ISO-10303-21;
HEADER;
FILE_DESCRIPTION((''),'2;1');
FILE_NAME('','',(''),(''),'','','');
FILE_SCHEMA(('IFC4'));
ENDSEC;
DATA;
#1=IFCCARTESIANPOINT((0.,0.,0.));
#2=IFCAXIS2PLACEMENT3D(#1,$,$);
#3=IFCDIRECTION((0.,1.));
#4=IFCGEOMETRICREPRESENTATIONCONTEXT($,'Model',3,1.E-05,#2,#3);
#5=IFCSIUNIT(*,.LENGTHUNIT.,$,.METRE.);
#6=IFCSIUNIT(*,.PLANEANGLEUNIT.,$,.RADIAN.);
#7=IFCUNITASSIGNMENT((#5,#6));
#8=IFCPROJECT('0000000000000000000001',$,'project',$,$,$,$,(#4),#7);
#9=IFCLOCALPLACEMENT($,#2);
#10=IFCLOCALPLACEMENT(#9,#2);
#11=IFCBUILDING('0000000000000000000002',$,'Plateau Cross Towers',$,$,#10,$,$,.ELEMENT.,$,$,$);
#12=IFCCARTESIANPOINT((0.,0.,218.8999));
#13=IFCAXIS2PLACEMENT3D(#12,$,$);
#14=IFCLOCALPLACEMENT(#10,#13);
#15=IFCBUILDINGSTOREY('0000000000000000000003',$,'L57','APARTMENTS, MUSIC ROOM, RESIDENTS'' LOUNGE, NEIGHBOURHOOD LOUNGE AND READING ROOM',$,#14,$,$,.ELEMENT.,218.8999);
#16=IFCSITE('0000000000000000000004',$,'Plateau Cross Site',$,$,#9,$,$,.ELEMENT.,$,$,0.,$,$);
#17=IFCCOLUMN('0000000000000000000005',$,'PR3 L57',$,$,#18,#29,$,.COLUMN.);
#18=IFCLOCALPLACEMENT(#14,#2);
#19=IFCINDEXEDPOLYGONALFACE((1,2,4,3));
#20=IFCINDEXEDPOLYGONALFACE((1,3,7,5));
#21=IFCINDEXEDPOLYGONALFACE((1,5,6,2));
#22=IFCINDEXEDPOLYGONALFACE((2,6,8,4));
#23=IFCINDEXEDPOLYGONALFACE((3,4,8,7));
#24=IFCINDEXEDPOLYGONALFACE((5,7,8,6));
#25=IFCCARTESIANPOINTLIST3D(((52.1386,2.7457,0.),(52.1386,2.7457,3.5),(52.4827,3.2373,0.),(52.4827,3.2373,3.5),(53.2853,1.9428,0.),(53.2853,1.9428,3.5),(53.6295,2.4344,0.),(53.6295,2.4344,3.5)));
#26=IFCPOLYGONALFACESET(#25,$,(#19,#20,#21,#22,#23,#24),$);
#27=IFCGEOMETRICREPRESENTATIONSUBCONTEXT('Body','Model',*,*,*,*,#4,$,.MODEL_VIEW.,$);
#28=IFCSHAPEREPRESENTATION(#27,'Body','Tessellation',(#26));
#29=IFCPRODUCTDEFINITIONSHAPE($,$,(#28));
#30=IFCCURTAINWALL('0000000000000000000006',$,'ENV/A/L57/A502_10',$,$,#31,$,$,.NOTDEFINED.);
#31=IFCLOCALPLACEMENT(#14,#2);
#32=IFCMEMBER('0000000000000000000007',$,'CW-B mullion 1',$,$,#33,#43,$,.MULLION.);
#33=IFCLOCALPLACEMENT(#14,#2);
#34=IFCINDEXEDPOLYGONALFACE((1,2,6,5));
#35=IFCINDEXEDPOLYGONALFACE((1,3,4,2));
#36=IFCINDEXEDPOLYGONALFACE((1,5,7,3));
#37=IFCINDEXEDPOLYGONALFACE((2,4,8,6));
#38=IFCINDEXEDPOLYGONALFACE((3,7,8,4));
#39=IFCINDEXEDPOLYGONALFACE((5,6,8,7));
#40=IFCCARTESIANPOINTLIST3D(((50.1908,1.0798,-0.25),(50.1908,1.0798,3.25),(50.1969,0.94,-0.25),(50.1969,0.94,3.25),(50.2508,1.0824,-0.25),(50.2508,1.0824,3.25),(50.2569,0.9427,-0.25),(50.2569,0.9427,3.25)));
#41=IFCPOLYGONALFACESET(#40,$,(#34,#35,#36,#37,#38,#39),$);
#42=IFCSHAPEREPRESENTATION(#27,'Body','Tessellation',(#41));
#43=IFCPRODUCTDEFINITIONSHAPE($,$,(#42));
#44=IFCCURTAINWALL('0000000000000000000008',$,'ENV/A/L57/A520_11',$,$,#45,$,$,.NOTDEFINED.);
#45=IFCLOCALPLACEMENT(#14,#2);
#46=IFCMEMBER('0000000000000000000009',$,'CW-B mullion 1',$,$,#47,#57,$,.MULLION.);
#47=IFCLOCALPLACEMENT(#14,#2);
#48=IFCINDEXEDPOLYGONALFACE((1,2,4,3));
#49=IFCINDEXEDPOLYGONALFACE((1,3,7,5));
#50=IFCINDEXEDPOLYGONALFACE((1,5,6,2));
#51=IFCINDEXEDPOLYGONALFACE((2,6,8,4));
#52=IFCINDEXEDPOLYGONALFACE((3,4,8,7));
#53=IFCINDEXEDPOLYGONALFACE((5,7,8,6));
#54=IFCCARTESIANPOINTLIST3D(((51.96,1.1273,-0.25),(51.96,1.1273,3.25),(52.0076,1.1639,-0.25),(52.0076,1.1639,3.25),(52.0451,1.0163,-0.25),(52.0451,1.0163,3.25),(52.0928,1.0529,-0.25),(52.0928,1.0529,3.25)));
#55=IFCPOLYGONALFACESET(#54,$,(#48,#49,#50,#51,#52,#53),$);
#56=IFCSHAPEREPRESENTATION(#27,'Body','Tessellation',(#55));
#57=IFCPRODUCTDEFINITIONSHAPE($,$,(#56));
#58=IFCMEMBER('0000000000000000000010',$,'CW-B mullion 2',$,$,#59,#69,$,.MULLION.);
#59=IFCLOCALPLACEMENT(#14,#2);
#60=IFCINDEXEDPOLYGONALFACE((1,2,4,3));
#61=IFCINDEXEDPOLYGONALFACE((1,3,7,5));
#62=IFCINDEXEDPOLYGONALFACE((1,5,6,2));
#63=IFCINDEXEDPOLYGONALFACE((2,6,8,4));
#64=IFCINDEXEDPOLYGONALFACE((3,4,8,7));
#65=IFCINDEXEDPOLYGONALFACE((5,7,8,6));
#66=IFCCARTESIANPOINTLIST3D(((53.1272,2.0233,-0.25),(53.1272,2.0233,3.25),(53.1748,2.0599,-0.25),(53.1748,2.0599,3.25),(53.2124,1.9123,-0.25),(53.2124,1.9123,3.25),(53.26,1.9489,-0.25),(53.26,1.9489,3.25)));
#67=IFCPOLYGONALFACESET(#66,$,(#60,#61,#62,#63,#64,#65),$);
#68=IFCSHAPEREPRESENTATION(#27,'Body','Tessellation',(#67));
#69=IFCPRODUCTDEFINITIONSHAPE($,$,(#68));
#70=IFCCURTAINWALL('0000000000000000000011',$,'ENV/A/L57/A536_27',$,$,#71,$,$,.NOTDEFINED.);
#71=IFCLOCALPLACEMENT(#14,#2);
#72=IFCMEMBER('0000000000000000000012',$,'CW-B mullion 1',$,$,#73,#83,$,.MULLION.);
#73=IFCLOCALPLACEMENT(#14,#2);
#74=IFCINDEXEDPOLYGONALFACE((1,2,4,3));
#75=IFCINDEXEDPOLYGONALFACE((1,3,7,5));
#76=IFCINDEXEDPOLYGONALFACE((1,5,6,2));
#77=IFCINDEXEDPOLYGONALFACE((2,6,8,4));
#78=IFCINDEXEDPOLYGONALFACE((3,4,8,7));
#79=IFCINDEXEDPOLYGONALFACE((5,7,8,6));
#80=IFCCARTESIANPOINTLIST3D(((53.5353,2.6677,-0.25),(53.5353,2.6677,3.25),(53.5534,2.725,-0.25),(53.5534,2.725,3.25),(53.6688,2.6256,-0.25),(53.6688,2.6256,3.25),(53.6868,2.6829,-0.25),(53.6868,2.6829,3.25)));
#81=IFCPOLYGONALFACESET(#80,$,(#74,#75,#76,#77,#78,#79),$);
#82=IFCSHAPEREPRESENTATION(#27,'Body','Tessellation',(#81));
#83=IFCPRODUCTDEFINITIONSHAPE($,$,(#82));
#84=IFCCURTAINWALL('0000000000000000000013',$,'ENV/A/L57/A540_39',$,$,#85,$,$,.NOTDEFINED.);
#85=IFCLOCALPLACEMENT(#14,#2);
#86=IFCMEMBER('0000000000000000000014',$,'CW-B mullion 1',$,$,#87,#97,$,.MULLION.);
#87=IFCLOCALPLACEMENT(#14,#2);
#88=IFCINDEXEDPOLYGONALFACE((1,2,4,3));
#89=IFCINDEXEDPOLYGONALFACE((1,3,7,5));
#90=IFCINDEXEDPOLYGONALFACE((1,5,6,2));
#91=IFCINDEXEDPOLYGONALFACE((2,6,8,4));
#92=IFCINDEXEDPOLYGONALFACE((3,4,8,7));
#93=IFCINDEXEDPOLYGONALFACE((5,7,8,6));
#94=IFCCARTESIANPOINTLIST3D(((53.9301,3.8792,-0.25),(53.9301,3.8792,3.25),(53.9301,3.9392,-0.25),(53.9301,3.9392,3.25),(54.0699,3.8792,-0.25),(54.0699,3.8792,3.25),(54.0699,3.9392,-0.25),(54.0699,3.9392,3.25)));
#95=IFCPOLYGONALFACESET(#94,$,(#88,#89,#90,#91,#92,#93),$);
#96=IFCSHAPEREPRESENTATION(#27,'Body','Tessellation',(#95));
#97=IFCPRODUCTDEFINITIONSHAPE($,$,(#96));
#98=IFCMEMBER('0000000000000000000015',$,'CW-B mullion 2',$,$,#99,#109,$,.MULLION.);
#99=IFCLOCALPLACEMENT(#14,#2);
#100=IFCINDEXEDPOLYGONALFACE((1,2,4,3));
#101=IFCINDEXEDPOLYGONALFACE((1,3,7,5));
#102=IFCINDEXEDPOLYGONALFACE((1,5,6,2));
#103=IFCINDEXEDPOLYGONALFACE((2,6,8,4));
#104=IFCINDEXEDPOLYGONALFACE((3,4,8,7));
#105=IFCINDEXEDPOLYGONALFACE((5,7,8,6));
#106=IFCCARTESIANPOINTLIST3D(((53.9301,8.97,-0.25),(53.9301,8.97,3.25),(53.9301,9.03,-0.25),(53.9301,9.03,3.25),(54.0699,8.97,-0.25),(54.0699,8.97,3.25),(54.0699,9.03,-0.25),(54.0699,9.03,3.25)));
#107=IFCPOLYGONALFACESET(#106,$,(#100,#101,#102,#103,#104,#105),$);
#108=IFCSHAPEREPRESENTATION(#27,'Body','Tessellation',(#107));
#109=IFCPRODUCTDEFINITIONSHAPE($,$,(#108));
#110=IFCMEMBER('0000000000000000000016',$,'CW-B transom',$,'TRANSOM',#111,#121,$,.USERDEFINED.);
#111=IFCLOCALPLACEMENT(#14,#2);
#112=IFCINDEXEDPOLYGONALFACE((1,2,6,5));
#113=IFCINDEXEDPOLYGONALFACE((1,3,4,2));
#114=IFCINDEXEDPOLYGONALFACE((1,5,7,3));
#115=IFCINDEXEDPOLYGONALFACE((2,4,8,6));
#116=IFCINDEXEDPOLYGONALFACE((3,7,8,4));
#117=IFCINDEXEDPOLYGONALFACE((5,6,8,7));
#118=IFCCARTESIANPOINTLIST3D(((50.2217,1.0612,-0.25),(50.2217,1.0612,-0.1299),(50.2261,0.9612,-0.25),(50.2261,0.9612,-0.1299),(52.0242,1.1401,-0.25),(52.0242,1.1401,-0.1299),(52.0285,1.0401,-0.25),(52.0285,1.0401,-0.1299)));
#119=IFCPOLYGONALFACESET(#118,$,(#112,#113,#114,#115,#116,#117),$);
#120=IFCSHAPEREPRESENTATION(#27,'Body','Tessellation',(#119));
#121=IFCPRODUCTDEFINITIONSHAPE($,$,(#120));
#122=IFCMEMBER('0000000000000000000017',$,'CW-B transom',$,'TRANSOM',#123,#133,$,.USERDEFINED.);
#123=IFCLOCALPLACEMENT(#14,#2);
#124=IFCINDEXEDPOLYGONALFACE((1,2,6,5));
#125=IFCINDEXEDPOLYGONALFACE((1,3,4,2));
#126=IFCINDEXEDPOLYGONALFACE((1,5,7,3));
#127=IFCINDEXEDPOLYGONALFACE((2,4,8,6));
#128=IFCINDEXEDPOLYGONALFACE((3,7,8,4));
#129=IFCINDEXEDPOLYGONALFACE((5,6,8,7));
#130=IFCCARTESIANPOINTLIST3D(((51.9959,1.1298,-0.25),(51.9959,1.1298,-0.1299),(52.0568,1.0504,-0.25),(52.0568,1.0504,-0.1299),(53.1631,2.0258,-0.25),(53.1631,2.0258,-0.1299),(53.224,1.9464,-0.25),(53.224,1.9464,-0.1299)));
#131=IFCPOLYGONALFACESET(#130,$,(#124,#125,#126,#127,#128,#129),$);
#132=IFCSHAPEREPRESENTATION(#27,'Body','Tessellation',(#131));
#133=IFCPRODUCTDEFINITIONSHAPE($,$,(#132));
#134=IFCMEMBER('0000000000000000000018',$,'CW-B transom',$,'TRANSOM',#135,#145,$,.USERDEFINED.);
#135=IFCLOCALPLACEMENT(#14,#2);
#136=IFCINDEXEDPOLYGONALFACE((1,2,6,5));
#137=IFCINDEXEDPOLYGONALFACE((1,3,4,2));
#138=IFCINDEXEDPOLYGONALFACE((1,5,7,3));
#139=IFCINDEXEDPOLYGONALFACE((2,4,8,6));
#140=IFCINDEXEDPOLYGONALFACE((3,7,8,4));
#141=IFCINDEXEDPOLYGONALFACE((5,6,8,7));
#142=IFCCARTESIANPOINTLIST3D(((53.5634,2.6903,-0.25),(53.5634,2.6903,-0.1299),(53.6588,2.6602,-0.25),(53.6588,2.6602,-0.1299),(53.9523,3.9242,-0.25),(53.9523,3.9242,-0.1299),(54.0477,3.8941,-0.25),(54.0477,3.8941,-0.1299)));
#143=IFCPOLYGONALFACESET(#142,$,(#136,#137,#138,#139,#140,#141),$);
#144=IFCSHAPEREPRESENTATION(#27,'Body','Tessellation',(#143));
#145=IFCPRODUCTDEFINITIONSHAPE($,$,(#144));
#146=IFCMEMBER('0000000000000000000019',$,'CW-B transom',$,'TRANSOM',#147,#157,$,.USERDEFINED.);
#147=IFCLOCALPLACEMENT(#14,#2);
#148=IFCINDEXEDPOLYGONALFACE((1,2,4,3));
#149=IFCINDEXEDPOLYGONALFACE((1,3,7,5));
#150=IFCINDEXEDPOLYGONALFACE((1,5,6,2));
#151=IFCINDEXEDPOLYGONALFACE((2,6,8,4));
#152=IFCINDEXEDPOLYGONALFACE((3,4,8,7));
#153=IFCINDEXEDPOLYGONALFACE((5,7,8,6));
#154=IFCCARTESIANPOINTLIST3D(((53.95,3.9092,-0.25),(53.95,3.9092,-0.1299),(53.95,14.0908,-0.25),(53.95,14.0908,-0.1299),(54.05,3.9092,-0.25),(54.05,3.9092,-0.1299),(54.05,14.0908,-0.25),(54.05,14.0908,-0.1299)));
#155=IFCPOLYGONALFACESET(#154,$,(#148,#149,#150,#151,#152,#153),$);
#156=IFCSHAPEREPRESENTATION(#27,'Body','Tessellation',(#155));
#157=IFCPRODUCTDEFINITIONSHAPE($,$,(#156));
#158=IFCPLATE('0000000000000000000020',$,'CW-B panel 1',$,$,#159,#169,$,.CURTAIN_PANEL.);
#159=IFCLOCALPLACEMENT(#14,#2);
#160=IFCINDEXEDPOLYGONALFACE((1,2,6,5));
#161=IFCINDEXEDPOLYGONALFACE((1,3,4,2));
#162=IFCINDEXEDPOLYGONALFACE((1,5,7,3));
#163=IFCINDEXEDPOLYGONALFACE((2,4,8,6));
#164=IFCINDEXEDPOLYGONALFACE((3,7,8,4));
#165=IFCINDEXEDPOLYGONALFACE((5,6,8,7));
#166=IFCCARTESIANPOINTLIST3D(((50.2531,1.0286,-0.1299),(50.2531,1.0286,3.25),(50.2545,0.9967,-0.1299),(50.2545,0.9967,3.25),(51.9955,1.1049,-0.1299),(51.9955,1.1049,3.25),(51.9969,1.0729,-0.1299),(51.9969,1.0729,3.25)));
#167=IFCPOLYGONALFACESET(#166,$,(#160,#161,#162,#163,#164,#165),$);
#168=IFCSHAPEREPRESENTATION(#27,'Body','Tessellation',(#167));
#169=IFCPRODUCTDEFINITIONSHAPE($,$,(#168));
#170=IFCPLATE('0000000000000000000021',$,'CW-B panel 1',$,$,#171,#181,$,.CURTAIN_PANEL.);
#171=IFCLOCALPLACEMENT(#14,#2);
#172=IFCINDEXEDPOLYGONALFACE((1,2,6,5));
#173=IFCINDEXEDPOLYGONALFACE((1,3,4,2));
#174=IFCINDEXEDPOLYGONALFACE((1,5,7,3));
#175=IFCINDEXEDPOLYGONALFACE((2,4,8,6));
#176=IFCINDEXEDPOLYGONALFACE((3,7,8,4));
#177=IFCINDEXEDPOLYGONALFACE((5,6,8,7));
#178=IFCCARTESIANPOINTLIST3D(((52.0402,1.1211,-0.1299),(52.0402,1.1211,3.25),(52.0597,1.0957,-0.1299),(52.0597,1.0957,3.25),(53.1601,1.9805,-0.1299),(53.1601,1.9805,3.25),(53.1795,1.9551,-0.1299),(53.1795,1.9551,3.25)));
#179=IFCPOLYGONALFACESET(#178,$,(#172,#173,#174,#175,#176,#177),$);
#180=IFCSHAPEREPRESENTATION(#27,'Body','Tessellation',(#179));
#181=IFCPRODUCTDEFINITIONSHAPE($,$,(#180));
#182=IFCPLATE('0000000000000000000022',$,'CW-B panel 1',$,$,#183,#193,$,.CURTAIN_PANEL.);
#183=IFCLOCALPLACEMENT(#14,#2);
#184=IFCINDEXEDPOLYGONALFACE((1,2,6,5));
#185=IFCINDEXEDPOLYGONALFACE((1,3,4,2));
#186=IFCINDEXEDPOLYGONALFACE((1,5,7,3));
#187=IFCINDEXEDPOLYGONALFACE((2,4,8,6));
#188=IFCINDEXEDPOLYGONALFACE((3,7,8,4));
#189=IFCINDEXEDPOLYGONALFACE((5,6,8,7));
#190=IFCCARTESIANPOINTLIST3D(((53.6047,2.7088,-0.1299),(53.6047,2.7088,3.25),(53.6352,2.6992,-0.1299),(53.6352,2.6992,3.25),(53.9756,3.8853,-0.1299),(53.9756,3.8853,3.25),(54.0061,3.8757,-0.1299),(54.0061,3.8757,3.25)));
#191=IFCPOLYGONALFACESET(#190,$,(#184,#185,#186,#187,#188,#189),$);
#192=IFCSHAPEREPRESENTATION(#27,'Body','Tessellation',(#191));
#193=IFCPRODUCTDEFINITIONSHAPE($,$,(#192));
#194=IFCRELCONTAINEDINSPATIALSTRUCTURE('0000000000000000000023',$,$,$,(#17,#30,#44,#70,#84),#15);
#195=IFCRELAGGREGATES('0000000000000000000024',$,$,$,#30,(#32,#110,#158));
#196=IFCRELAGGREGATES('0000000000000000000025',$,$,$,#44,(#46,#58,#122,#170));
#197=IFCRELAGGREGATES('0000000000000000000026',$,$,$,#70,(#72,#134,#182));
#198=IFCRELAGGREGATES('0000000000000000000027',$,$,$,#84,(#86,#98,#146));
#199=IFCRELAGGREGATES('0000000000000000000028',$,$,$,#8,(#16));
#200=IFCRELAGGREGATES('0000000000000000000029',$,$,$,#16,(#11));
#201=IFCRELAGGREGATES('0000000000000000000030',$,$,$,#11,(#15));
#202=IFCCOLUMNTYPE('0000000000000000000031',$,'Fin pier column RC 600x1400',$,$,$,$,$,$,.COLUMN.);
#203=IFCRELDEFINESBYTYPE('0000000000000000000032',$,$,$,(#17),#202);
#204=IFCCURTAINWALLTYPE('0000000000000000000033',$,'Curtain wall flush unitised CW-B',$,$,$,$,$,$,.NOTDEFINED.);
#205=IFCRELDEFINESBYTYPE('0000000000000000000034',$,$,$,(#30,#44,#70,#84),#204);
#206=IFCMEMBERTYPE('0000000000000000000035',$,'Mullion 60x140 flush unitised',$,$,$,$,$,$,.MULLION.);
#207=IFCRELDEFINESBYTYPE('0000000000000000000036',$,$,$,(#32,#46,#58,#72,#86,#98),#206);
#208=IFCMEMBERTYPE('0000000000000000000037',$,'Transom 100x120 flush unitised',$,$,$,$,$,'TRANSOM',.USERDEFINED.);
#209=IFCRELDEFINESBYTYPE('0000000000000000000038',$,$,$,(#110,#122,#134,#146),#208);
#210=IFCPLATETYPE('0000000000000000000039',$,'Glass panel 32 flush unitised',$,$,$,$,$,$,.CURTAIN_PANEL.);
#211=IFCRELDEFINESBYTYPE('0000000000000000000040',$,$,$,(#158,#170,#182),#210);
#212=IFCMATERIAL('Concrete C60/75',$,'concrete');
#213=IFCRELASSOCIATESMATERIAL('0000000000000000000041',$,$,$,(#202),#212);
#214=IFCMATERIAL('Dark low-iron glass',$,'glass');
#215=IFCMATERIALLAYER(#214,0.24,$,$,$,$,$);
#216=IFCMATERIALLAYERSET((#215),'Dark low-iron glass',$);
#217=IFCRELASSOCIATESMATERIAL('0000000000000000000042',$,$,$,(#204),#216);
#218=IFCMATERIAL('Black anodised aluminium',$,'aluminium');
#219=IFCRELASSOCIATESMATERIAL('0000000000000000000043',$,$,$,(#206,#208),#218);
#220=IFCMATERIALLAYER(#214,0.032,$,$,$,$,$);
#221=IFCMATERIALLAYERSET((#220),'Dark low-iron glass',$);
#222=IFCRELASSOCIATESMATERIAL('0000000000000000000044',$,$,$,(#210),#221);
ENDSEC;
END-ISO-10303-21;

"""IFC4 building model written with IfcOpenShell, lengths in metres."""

from ifc_helpers import new_model, si_unit, direction, frame, origin, origin_2d, place, context, subcontext, project, spatial, rectangle, extrude, material, layer, layer_set, material_profile, profile_set, type_object, element, aggregate, save


model = new_model("IFC4")

# Units and contexts
model_context = context("Model", 3, precision=1e-05, world=origin(), true_north=direction((0.0, 1.0)))
body_context = subcontext(model_context, "Body", "Model", "MODEL_VIEW")
ifc_project = project(units=[si_unit("LENGTHUNIT", "METRE"), si_unit("PLANEANGLEUNIT", "RADIAN")], contexts=[model_context])

# Site, building, storey
site_placement = place(None, origin())
site = spatial("IfcSite", under=ifc_project, at=site_placement, Name="Plateau Cross Site", CompositionType="ELEMENT", RefElevation=0.0)
building_placement = place(site_placement, origin())
building = spatial("IfcBuilding", under=site, at=building_placement, Name="Plateau Cross Towers", CompositionType="ELEMENT")
storey_placement = place(building_placement, frame((0.0, 0.0, 218.8999)))
storey = spatial("IfcBuildingStorey", under=building, at=storey_placement, Name="L57", Description="APARTMENTS, MUSIC ROOM, RESIDENTS' LOUNGE, NEIGHBOURHOOD LOUNGE AND READING ROOM", CompositionType="ELEMENT", Elevation=218.8999)

# Column
ifc_material_1 = material(Name="Concrete C60/75", Category="concrete")
ifc_material_profile_1 = material_profile(ifc_material_1, rectangle(XDim=0.6001, YDim=1.3999, at=origin_2d()), Name="RC 600x1400")
ifc_profile_set_1 = profile_set([ifc_material_profile_1], Name="Concrete C60/75")
column_type = type_object("IfcColumnType", Name="Fin pier column RC 600x1400", PredefinedType="COLUMN", material=ifc_profile_set_1)
column_placement = place(storey_placement, frame((52.884, 2.5901, 0.0), z_axis=(0.0, 0.0, 1.0), x_axis=(0.573543, 0.819176, 0.0)))
element("IfcColumn", 1, at=column_placement, inside=storey, type_object=column_type, Name="PR3 L57", PredefinedType="COLUMN", context=body_context, shape_type="SweptSolid", body=[
    extrude(rectangle(XDim=0.6001, YDim=1.3999, at=origin_2d()), origin(), (0.0, 0.0, 1.0), 3.5),
])

# Curtain wall, member
ifc_material_2 = material(Name="Dark low-iron glass", Category="glass")
ifc_layer_1 = layer(ifc_material_2, 0.24)
ifc_layer_set_1 = layer_set([ifc_layer_1], Name="Dark low-iron glass")
curtain_wall_type_1 = type_object("IfcCurtainWallType", Name="Curtain wall flush unitised CW-B", PredefinedType="NOTDEFINED", material=ifc_layer_set_1)
curtain_wall_1_placement = place(storey_placement, origin())
curtain_wall_1 = element("IfcCurtainWall", 2, at=curtain_wall_1_placement, inside=storey, type_object=curtain_wall_type_1, Name="ENV/A/L57/A502_10", PredefinedType="NOTDEFINED")
ifc_material_3 = material(Name="Black anodised aluminium", Category="aluminium")
ifc_material_profile_2 = material_profile(ifc_material_3, rectangle(XDim=0.0601, YDim=0.1399, at=origin_2d()), Name="MULLION 60x140")
ifc_profile_set_2 = profile_set([ifc_material_profile_2], Name="Black anodised aluminium")
member_type_1 = type_object("IfcMemberType", Name="Mullion 60x140 flush unitised", PredefinedType="MULLION", material=ifc_profile_set_2)
member_1_placement = place(storey_placement, frame((50.2239, 1.0112, -0.25), z_axis=(0.0, 0.0, 1.0), x_axis=(0.999044, 0.043723, 0.0)))
member_1 = element("IfcMember", 3, at=member_1_placement, type_object=member_type_1, Name="CW-B mullion 1", PredefinedType="MULLION", context=body_context, shape_type="SweptSolid", body=[
    extrude(rectangle(XDim=0.0601, YDim=0.1399, at=origin_2d()), origin(), (0.0, 0.0, 1.0), 3.5),
])

# Curtain wall, members
curtain_wall_2_placement = place(storey_placement, origin())
curtain_wall_2 = element("IfcCurtainWall", 4, at=curtain_wall_2_placement, inside=storey, type_object=curtain_wall_type_1, Name="ENV/A/L57/A520_11", PredefinedType="NOTDEFINED")
member_2_placement = place(storey_placement, frame((52.0264, 1.0901, -0.25), z_axis=(0.0, 0.0, 1.0), x_axis=(0.793316, 0.608811, 0.0)))
member_2 = element("IfcMember", 5, at=member_2_placement, type_object=member_type_1, Name="CW-B mullion 1", PredefinedType="MULLION", context=body_context, shape_type="SweptSolid", body=[
    extrude(rectangle(XDim=0.0601, YDim=0.1399, at=origin_2d()), origin(), (0.0, 0.0, 1.0), 3.5),
])
member_3_placement = place(storey_placement, frame((53.1936, 1.9861, -0.25), z_axis=(0.0, 0.0, 1.0), x_axis=(0.793316, 0.608811, 0.0)))
member_3 = element("IfcMember", 6, at=member_3_placement, type_object=member_type_1, Name="CW-B mullion 2", PredefinedType="MULLION", context=body_context, shape_type="SweptSolid", body=[
    extrude(rectangle(XDim=0.0601, YDim=0.1399, at=origin_2d()), origin(), (0.0, 0.0, 1.0), 3.5),
])

# Curtain wall, member
curtain_wall_3_placement = place(storey_placement, origin())
curtain_wall_3 = element("IfcCurtainWall", 7, at=curtain_wall_3_placement, inside=storey, type_object=curtain_wall_type_1, Name="ENV/A/L57/A536_27", PredefinedType="NOTDEFINED")
member_4_placement = place(storey_placement, frame((53.6111, 2.6753, -0.25), z_axis=(0.0, 0.0, 1.0), x_axis=(0.300686, 0.953723, 0.0)))
member_4 = element("IfcMember", 8, at=member_4_placement, type_object=member_type_1, Name="CW-B mullion 1", PredefinedType="MULLION", context=body_context, shape_type="SweptSolid", body=[
    extrude(rectangle(XDim=0.0601, YDim=0.1399, at=origin_2d()), origin(), (0.0, 0.0, 1.0), 3.5),
])

# Curtain wall, members
curtain_wall_4_placement = place(storey_placement, origin())
curtain_wall_4 = element("IfcCurtainWall", 9, at=curtain_wall_4_placement, inside=storey, type_object=curtain_wall_type_1, Name="ENV/A/L57/A540_39", PredefinedType="NOTDEFINED")
member_5_placement = place(storey_placement, frame((54.0, 3.9092, -0.25), z_axis=(0.0, 0.0, 1.0), x_axis=(0.0, 1.0, 0.0)))
member_5 = element("IfcMember", 10, at=member_5_placement, type_object=member_type_1, Name="CW-B mullion 1", PredefinedType="MULLION", context=body_context, shape_type="SweptSolid", body=[
    extrude(rectangle(XDim=0.0601, YDim=0.1399, at=origin_2d()), origin(), (0.0, 0.0, 1.0), 3.5),
])
member_6_placement = place(storey_placement, frame((54.0, 9.0, -0.25), z_axis=(0.0, 0.0, 1.0), x_axis=(0.0, 1.0, 0.0)))
member_6 = element("IfcMember", 11, at=member_6_placement, type_object=member_type_1, Name="CW-B mullion 2", PredefinedType="MULLION", context=body_context, shape_type="SweptSolid", body=[
    extrude(rectangle(XDim=0.0601, YDim=0.1399, at=origin_2d()), origin(), (0.0, 0.0, 1.0), 3.5),
])

# Members
ifc_material_profile_3 = material_profile(ifc_material_3, rectangle(XDim=0.1001, YDim=0.1201, at=origin_2d()), Name="TRANSOM 100x120")
ifc_profile_set_3 = profile_set([ifc_material_profile_3], Name="Black anodised aluminium")
member_type_2 = type_object("IfcMemberType", Name="Transom 100x120 flush unitised", ElementType="TRANSOM", PredefinedType="USERDEFINED", material=ifc_profile_set_3)
member_7_placement = place(storey_placement, frame((50.2239, 1.0112, -0.1899), z_axis=(0.999044, 0.043707, 0.0), x_axis=(-0.043707, 0.999044, 0.0)))
member_7 = element("IfcMember", 12, at=member_7_placement, type_object=member_type_2, Name="CW-B transom", ObjectType="TRANSOM", PredefinedType="USERDEFINED", context=body_context, shape_type="SweptSolid", body=[
    extrude(rectangle(XDim=0.1001, YDim=0.1201, at=origin_2d()), origin(), (0.0, 0.0, 1.0), 1.8042),
])
member_8_placement = place(storey_placement, frame((52.0264, 1.0901, -0.1899), z_axis=(0.79324, 0.608909, 0.0), x_axis=(-0.608909, 0.79324, 0.0)))
member_8 = element("IfcMember", 13, at=member_8_placement, type_object=member_type_2, Name="CW-B transom", ObjectType="TRANSOM", PredefinedType="USERDEFINED", context=body_context, shape_type="SweptSolid", body=[
    extrude(rectangle(XDim=0.1001, YDim=0.1201, at=origin_2d()), origin(), (0.0, 0.0, 1.0), 1.4714),
])
member_9_placement = place(storey_placement, frame((53.6111, 2.6753, -0.1899), z_axis=(0.300617, 0.953745, 0.0), x_axis=(-0.953745, 0.300617, 0.0)))
member_9 = element("IfcMember", 14, at=member_9_placement, type_object=member_type_2, Name="CW-B transom", ObjectType="TRANSOM", PredefinedType="USERDEFINED", context=body_context, shape_type="SweptSolid", body=[
    extrude(rectangle(XDim=0.1001, YDim=0.1201, at=origin_2d()), origin(), (0.0, 0.0, 1.0), 1.2937),
])
member_10_placement = place(storey_placement, frame((54.0, 3.9092, -0.1899), z_axis=(0.0, 1.0, 0.0), x_axis=(-1.0, 0.0, 0.0)))
member_10 = element("IfcMember", 15, at=member_10_placement, type_object=member_type_2, Name="CW-B transom", ObjectType="TRANSOM", PredefinedType="USERDEFINED", context=body_context, shape_type="SweptSolid", body=[
    extrude(rectangle(XDim=0.1001, YDim=0.1201, at=origin_2d()), origin(), (0.0, 0.0, 1.0), 10.1816),
])

# Plates
ifc_layer_2 = layer(ifc_material_2, 0.032)
ifc_layer_set_2 = layer_set([ifc_layer_2], Name="Dark low-iron glass")
plate_type_1 = type_object("IfcPlateType", Name="Glass panel 32 flush unitised", PredefinedType="CURTAIN_PANEL", material=ifc_layer_set_2)
plate_1_placement = place(storey_placement, frame((51.125, 1.0508, -0.1299), z_axis=(0.0, 0.0, 1.0), x_axis=(0.999044, 0.043723, 0.0)))
plate_1 = element("IfcPlate", 16, at=plate_1_placement, type_object=plate_type_1, Name="CW-B panel 1", PredefinedType="CURTAIN_PANEL", context=body_context, shape_type="SweptSolid", body=[
    extrude(rectangle(XDim=1.7441, YDim=0.032, at=origin_2d()), origin(), (0.0, 0.0, 1.0), 3.3799),
])
aggregate(curtain_wall_1, [member_1, member_7, plate_1])
plate_2_placement = place(storey_placement, frame((52.6099, 1.5381, -0.1299), z_axis=(0.0, 0.0, 1.0), x_axis=(0.793316, 0.608811, 0.0)))
plate_2 = element("IfcPlate", 17, at=plate_2_placement, type_object=plate_type_1, Name="CW-B panel 1", PredefinedType="CURTAIN_PANEL", context=body_context, shape_type="SweptSolid", body=[
    extrude(rectangle(XDim=1.4116, YDim=0.032, at=origin_2d()), origin(), (0.0, 0.0, 1.0), 3.3799),
])
aggregate(curtain_wall_2, [member_2, member_3, member_8, plate_2])
plate_3_placement = place(storey_placement, frame((53.8054, 3.2922, -0.1299), z_axis=(0.0, 0.0, 1.0), x_axis=(0.300686, 0.953723, 0.0)))
plate_3 = element("IfcPlate", 18, at=plate_3_placement, type_object=plate_type_1, Name="CW-B panel 1", PredefinedType="CURTAIN_PANEL", context=body_context, shape_type="SweptSolid", body=[
    extrude(rectangle(XDim=1.2336, YDim=0.032, at=origin_2d()), origin(), (0.0, 0.0, 1.0), 3.3799),
])
aggregate(curtain_wall_3, [member_4, member_9, plate_3])
aggregate(curtain_wall_4, [member_5, member_6, member_10])

save(model, "model.ifc")
